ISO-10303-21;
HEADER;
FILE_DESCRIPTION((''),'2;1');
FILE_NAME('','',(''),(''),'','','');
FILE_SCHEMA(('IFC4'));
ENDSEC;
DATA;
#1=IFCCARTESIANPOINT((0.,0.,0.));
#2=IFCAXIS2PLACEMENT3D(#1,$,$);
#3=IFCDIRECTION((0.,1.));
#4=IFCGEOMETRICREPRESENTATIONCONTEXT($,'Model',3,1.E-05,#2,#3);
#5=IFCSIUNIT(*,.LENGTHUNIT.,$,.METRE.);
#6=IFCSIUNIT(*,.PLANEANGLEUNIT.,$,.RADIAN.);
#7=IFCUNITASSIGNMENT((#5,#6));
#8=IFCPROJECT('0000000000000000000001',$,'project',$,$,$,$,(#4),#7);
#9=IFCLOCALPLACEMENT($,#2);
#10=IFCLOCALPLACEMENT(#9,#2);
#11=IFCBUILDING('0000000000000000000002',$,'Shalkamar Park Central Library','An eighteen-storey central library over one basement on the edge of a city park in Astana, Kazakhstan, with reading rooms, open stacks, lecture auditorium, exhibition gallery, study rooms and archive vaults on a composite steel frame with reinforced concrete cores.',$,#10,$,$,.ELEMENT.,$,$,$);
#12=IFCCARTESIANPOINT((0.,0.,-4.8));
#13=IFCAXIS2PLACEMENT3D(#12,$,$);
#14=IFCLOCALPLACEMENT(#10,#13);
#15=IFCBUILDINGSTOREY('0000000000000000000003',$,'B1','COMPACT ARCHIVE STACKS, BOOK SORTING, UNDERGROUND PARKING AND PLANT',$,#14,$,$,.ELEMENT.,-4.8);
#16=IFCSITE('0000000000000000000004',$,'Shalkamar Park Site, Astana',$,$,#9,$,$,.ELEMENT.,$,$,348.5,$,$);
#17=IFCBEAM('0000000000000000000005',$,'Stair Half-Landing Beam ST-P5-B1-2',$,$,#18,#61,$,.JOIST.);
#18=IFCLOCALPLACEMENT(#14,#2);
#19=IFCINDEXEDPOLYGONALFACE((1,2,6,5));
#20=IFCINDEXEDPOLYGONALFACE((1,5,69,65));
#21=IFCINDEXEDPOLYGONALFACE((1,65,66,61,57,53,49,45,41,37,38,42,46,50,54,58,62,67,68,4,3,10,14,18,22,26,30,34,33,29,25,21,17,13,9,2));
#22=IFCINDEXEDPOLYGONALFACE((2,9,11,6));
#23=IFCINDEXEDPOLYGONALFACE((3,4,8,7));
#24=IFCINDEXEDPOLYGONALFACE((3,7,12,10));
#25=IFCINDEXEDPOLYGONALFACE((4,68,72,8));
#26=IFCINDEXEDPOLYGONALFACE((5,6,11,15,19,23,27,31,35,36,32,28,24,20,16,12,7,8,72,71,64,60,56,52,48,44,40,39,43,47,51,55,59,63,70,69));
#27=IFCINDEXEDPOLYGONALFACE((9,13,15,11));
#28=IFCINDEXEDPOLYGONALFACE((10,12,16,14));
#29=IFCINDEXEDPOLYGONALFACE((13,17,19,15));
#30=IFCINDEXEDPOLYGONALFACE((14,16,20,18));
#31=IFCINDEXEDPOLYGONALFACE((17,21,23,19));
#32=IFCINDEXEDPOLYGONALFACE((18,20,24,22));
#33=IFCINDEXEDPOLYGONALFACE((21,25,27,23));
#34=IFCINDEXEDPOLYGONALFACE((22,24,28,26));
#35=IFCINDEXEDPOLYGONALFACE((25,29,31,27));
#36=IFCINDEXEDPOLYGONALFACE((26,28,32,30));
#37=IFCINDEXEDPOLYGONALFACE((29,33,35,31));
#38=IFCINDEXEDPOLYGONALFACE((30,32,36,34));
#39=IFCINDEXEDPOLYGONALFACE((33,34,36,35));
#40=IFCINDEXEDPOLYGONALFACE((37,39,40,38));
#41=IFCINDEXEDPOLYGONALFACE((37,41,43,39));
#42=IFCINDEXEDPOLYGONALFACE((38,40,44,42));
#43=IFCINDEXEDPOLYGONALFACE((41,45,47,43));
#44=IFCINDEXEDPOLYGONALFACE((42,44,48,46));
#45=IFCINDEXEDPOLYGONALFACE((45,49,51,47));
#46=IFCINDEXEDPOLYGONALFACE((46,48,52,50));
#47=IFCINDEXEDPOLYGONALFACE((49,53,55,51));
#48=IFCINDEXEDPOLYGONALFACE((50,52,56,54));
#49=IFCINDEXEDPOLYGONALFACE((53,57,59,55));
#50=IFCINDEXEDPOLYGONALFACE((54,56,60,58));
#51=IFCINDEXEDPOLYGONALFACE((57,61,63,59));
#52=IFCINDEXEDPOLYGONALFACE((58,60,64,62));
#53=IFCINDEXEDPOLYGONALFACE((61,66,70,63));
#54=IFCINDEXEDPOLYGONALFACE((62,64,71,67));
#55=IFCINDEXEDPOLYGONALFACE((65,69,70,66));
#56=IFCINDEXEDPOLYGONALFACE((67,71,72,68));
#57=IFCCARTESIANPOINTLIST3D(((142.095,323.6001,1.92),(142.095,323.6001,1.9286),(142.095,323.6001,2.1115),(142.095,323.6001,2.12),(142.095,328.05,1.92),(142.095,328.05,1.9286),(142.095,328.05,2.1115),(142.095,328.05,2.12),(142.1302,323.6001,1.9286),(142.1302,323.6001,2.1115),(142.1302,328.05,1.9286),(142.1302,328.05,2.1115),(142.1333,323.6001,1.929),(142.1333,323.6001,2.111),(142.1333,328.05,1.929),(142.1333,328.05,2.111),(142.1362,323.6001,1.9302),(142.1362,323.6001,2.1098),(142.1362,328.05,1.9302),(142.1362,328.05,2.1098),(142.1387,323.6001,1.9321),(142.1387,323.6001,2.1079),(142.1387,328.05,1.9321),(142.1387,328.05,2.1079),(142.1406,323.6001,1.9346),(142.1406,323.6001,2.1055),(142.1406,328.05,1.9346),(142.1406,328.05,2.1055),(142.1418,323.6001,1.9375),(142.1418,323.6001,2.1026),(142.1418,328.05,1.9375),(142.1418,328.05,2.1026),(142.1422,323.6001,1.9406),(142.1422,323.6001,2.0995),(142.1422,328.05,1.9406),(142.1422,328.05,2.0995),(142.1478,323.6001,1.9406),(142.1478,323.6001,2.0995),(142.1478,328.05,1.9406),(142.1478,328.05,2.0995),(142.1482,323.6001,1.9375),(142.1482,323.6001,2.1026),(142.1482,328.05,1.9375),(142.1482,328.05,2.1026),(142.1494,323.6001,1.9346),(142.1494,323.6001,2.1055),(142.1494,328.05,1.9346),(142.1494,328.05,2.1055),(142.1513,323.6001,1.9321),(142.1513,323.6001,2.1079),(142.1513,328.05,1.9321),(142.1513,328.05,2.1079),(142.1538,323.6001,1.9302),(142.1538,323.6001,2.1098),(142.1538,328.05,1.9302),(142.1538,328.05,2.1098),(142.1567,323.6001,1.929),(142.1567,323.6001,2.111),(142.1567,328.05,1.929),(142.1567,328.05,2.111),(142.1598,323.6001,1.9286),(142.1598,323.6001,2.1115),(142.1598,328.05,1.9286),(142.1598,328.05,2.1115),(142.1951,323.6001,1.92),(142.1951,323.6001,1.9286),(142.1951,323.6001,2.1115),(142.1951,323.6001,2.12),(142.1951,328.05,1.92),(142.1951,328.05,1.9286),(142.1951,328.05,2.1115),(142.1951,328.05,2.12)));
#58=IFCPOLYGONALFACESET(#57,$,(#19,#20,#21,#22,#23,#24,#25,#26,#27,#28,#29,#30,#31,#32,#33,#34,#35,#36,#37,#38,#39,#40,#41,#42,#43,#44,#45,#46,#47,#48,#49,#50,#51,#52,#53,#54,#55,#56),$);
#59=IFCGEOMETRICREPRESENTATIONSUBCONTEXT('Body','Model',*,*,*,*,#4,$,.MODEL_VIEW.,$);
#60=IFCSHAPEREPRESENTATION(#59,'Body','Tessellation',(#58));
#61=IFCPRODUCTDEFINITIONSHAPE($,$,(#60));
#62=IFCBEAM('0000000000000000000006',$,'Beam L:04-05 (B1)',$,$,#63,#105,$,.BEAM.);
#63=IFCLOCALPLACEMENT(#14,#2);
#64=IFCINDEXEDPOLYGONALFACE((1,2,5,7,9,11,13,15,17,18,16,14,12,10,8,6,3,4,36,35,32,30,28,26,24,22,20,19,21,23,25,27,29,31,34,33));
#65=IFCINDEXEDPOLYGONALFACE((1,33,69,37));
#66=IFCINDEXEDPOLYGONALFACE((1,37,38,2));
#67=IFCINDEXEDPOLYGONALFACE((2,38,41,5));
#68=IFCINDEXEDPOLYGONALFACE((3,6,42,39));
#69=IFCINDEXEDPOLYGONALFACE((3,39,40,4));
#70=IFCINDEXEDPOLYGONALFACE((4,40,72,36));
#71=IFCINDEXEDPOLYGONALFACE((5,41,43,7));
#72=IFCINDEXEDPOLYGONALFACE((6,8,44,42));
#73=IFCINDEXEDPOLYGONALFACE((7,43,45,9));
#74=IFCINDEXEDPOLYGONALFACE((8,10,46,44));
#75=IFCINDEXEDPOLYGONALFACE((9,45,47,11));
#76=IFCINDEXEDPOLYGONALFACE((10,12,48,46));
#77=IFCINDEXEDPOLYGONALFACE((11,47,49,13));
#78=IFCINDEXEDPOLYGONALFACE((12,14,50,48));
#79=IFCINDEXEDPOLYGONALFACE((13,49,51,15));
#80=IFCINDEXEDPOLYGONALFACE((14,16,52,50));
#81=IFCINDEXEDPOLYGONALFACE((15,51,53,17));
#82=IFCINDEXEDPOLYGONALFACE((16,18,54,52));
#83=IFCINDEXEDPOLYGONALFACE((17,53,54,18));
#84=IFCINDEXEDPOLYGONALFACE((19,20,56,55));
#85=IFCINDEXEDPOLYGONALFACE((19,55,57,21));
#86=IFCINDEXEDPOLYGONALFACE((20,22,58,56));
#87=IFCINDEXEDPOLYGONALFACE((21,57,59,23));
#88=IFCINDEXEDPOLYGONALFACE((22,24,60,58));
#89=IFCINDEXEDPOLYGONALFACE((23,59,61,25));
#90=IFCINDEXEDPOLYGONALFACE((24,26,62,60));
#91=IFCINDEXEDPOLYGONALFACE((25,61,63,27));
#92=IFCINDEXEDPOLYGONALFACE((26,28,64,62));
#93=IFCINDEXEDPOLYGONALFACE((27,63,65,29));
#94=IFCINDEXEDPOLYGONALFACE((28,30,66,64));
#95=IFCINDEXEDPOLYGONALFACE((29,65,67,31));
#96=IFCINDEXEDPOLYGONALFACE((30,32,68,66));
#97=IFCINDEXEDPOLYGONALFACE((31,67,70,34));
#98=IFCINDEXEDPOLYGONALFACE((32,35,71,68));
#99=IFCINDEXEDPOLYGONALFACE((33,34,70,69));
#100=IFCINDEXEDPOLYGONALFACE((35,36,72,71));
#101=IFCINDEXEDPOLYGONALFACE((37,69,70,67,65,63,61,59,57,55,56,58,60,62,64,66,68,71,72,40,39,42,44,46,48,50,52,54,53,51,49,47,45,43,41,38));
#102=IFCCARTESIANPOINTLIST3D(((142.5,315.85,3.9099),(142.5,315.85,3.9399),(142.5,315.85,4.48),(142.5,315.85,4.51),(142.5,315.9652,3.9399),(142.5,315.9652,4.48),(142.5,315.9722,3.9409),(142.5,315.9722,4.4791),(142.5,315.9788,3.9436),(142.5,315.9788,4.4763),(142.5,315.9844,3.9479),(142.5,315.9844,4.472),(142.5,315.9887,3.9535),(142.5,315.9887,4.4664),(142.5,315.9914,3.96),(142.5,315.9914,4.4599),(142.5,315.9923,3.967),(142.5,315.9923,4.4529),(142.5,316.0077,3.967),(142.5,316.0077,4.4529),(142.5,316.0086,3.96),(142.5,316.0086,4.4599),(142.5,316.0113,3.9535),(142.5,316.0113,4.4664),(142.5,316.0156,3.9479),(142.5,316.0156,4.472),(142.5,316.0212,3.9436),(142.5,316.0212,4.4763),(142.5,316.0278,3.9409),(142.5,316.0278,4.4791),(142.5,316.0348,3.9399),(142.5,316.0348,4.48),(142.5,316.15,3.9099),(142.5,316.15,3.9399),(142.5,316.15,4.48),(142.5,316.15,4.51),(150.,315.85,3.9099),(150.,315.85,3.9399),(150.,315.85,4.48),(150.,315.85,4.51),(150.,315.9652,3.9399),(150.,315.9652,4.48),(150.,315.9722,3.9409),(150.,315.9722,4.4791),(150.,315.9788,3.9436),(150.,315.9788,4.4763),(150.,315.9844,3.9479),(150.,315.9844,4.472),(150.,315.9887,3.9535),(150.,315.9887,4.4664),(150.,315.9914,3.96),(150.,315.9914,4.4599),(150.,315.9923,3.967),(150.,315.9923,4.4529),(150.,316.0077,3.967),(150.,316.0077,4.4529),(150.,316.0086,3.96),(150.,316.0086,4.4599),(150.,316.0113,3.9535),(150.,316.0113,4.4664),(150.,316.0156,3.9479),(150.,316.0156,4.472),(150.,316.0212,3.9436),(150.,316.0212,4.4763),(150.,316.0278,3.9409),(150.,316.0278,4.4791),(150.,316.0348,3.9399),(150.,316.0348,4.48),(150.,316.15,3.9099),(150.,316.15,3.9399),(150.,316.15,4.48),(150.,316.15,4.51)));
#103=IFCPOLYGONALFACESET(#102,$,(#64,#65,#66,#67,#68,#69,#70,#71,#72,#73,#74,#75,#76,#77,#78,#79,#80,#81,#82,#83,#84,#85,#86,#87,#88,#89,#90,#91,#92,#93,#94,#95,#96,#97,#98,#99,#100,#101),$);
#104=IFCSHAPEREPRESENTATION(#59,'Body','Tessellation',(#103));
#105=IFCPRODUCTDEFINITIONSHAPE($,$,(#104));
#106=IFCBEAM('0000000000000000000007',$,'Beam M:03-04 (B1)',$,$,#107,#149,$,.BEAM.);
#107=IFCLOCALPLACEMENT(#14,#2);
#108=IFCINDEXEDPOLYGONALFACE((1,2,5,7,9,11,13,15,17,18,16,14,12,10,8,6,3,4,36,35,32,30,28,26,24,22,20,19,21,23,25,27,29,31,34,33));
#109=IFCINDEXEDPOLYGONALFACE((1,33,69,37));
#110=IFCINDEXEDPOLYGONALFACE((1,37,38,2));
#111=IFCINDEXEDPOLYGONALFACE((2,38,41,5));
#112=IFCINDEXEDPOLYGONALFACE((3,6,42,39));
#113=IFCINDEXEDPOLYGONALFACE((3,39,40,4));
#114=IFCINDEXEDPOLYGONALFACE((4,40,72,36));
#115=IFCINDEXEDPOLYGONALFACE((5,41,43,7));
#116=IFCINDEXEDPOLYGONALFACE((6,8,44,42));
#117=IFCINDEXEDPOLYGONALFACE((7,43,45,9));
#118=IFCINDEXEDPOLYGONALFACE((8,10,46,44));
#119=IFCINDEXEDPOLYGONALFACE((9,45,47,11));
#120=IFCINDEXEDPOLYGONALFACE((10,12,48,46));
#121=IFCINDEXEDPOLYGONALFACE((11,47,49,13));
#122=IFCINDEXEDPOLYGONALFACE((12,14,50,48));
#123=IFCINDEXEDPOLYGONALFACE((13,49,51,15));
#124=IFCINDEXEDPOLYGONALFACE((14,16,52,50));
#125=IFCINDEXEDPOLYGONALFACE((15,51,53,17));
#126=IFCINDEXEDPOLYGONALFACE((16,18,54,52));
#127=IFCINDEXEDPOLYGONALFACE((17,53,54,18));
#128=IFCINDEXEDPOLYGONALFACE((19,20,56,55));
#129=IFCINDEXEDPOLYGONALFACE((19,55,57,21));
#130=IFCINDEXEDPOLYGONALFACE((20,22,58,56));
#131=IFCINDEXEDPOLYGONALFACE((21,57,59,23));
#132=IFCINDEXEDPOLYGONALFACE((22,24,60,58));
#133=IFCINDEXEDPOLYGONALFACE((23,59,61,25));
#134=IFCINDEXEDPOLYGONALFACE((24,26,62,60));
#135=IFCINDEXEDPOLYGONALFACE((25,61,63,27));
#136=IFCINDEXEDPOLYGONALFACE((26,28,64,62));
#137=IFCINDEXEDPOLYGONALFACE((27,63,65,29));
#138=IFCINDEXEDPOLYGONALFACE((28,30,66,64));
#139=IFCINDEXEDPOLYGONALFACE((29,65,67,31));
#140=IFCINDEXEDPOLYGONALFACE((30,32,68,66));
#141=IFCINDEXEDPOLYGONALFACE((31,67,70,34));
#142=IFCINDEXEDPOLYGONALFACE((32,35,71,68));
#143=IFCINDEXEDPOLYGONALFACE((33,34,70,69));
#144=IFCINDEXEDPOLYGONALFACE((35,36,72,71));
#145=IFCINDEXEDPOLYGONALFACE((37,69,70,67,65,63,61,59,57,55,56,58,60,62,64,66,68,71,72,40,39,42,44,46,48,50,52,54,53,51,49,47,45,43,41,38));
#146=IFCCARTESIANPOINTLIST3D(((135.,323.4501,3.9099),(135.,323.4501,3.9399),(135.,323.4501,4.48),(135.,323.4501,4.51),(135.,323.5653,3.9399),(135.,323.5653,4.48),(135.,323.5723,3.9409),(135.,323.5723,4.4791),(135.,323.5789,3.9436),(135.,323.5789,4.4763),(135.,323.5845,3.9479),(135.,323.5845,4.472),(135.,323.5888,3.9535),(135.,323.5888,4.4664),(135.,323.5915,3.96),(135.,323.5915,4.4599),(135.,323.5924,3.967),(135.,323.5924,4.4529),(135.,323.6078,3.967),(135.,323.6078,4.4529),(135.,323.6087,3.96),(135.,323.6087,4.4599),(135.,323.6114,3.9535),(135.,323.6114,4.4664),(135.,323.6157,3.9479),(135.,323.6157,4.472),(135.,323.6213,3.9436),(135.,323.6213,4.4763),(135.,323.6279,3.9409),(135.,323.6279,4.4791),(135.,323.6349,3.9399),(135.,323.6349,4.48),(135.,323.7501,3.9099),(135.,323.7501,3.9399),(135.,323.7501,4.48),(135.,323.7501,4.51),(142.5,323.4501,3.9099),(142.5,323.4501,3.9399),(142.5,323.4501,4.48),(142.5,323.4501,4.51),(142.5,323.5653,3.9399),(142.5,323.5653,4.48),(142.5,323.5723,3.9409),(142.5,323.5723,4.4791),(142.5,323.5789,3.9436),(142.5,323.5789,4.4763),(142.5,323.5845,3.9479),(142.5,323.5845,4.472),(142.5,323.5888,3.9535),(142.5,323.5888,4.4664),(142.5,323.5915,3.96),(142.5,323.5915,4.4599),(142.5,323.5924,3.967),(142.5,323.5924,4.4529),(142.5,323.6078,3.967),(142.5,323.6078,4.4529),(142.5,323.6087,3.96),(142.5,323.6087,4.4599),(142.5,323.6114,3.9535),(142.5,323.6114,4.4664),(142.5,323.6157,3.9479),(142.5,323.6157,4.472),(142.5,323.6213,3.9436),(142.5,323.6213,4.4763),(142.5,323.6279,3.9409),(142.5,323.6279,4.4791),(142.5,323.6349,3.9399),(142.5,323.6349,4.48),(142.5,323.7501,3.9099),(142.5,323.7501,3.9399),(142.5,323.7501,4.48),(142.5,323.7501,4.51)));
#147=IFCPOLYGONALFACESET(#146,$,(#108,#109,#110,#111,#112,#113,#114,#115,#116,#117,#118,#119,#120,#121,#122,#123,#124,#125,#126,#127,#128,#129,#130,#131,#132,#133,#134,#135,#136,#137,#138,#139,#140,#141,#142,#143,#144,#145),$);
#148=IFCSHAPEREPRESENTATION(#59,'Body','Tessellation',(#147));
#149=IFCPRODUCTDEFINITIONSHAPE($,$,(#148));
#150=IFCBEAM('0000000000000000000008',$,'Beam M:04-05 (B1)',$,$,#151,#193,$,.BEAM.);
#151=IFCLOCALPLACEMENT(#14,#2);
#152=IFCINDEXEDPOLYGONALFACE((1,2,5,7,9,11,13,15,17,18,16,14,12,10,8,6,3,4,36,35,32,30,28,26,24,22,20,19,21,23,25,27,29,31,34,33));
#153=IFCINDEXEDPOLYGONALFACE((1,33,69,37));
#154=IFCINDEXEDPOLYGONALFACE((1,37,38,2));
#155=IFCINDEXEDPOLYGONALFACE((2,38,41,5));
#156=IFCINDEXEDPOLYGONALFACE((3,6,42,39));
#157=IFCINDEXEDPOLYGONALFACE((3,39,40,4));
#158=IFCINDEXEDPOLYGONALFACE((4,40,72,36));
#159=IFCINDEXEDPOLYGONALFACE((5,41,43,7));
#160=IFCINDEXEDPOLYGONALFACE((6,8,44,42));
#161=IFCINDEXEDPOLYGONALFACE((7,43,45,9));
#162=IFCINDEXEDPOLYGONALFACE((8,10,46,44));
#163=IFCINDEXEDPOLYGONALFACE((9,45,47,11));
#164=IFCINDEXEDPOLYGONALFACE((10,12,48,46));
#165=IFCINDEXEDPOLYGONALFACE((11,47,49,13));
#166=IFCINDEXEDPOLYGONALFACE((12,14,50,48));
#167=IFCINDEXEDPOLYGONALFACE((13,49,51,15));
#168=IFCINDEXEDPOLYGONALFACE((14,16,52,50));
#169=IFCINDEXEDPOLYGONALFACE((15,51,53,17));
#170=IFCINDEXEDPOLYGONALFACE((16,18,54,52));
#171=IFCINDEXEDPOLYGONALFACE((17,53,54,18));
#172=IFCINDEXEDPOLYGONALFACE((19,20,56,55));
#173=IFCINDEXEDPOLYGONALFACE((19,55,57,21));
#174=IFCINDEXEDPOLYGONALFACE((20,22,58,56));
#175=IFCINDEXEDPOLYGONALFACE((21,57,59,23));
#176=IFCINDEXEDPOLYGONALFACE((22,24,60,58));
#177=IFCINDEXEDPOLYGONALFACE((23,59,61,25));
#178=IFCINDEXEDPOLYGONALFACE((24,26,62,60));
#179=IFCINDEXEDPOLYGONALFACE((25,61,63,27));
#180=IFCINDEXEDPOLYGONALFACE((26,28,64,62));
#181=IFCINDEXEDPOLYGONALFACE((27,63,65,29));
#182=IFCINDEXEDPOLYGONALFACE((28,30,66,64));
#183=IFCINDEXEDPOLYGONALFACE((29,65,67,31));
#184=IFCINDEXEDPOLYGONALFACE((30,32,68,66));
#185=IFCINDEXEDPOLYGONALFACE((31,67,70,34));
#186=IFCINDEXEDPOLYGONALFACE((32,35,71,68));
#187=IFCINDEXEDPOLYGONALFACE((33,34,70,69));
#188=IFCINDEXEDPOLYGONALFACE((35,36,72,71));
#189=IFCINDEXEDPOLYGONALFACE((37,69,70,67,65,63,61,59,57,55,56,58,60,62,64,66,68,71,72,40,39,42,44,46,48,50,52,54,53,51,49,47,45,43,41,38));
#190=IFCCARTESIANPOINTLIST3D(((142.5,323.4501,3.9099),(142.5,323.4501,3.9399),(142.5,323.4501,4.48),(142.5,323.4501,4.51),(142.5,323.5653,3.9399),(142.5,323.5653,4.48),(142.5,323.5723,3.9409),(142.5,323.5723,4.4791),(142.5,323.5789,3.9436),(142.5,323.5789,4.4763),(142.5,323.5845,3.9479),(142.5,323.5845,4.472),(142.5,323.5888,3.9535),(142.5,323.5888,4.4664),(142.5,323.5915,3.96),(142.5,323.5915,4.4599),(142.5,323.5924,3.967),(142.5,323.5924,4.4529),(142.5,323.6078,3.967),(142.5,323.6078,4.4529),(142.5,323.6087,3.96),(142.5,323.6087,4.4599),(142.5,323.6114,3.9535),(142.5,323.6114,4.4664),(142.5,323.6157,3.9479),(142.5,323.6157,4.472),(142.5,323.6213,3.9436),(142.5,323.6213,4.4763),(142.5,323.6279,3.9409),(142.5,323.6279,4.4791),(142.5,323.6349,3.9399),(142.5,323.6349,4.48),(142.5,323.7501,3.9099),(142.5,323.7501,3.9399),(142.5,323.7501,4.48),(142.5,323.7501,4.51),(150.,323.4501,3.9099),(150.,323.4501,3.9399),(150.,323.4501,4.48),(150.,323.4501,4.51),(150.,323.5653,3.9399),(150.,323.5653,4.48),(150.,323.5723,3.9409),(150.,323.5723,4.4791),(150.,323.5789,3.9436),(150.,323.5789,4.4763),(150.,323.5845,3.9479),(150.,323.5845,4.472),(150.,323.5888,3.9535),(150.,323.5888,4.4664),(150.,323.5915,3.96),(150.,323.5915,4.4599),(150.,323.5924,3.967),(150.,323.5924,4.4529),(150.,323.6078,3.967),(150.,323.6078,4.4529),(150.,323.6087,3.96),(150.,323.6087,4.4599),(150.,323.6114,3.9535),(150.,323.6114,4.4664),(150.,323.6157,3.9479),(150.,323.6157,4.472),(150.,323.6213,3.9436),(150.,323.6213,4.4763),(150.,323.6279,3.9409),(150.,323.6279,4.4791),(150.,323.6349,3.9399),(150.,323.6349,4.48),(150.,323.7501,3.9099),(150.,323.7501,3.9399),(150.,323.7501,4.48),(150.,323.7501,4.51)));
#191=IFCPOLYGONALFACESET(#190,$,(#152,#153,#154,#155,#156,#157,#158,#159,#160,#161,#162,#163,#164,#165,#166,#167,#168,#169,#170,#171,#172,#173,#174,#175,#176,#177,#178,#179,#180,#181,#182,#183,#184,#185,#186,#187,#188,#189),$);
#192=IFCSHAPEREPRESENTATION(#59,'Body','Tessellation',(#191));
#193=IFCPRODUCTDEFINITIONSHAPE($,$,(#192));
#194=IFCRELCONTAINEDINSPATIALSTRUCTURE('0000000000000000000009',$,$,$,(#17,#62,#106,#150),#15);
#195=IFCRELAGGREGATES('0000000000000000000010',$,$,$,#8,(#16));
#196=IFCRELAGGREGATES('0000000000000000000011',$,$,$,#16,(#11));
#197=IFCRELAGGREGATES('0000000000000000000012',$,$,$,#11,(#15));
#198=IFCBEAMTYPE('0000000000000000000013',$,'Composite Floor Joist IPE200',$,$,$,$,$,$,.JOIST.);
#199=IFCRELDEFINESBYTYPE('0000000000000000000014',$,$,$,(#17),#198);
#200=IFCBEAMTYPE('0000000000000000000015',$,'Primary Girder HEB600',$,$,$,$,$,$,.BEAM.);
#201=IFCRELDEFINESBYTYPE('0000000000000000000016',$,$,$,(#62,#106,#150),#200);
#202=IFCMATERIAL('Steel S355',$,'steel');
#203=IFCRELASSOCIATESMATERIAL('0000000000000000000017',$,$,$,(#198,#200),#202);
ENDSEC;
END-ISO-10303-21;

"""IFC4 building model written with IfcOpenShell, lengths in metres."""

from ifc_helpers import new_model, si_unit, direction, frame, origin, origin_2d, place, context, subcontext, project, spatial, i_section, extrude, material, material_profile, profile_set, type_object, element, save


model = new_model("IFC4")

# Units and contexts
model_context = context("Model", 3, precision=1e-05, world=origin(), true_north=direction((0.0, 1.0)))
body_context = subcontext(model_context, "Body", "Model", "MODEL_VIEW")
ifc_project = project(units=[si_unit("LENGTHUNIT", "METRE"), si_unit("PLANEANGLEUNIT", "RADIAN")], contexts=[model_context])

# Site, building, storey
site_placement = place(None, origin())
site = spatial("IfcSite", under=ifc_project, at=site_placement, Name="Shalkamar Park Site, Astana", CompositionType="ELEMENT", RefElevation=348.5)
building_placement = place(site_placement, origin())
building = spatial("IfcBuilding", under=site, at=building_placement, Name="Shalkamar Park Central Library", Description="An eighteen-storey central library over one basement on the edge of a city park in Astana, Kazakhstan, with reading rooms, open stacks, lecture auditorium, exhibition gallery, study rooms and archive vaults on a composite steel frame with reinforced concrete cores.", CompositionType="ELEMENT")
storey_placement = place(building_placement, frame((0.0, 0.0, -4.8)))
storey = spatial("IfcBuildingStorey", under=building, at=storey_placement, Name="B1", Description="COMPACT ARCHIVE STACKS, BOOK SORTING, UNDERGROUND PARKING AND PLANT", CompositionType="ELEMENT", Elevation=-4.8)

# Shared definitions
ifc_material_1 = material(Name="Steel S355", Category="steel")

# Beams
ifc_material_profile_1 = material_profile(ifc_material_1, i_section(OverallWidth=0.1001, OverallDepth=0.2, WebThickness=0.0056, FlangeThickness=0.0085, FilletRadius=0.012, at=origin_2d()), Name="IPE 200")
ifc_profile_set_1 = profile_set([ifc_material_profile_1], Name="Steel S355")
beam_type_1 = type_object("IfcBeamType", Name="Composite Floor Joist IPE200", PredefinedType="JOIST", material=ifc_profile_set_1)
for number, where, z_axis, x_axis, name in (
    (1, (142.145, 323.6001, 2.02), (0.0, 1.0, 0.0), (-1.0, 0.0, 0.0), "Stair Half-Landing Beam ST-P5-B1-2"),
):
    element("IfcBeam", number, at=place(storey_placement, frame(where, z_axis=z_axis, x_axis=x_axis)), inside=storey, type_object=beam_type_1, Name=name, PredefinedType="JOIST", context=body_context, shape_type="SweptSolid", body=[
        extrude(i_section(OverallWidth=0.1001, OverallDepth=0.2, WebThickness=0.0056, FlangeThickness=0.0085, FilletRadius=0.012, at=origin_2d()), origin(), (0.0, 0.0, 1.0), 4.45),
    ])
ifc_material_profile_2 = material_profile(ifc_material_1, i_section(OverallWidth=0.3, OverallDepth=0.6001, WebThickness=0.0154, FlangeThickness=0.03, FilletRadius=0.0271, at=origin_2d()), Name="HEB 600")
ifc_profile_set_2 = profile_set([ifc_material_profile_2], Name="Steel S355")
beam_type_2 = type_object("IfcBeamType", Name="Primary Girder HEB600", PredefinedType="BEAM", material=ifc_profile_set_2)
for number, where, z_axis, x_axis, name in (
    (2, (142.5, 316.0, 4.21), (1.0, 0.0, 0.0), (0.0, 1.0, 0.0), "Beam L:04-05 (B1)"),
    (3, (135.0, 323.6001, 4.21), (1.0, 0.0, 0.0), (0.0, 1.0, 0.0), "Beam M:03-04 (B1)"),
    (4, (142.5, 323.6001, 4.21), (1.0, 0.0, 0.0), (0.0, 1.0, 0.0), "Beam M:04-05 (B1)"),
):
    element("IfcBeam", number, at=place(storey_placement, frame(where, z_axis=z_axis, x_axis=x_axis)), inside=storey, type_object=beam_type_2, Name=name, PredefinedType="BEAM", context=body_context, shape_type="SweptSolid", body=[
        extrude(i_section(OverallWidth=0.3, OverallDepth=0.6001, WebThickness=0.0154, FlangeThickness=0.03, FilletRadius=0.0271, at=origin_2d()), origin(), (0.0, 0.0, 1.0), 7.5),
    ])

save(model, "model.ifc")
